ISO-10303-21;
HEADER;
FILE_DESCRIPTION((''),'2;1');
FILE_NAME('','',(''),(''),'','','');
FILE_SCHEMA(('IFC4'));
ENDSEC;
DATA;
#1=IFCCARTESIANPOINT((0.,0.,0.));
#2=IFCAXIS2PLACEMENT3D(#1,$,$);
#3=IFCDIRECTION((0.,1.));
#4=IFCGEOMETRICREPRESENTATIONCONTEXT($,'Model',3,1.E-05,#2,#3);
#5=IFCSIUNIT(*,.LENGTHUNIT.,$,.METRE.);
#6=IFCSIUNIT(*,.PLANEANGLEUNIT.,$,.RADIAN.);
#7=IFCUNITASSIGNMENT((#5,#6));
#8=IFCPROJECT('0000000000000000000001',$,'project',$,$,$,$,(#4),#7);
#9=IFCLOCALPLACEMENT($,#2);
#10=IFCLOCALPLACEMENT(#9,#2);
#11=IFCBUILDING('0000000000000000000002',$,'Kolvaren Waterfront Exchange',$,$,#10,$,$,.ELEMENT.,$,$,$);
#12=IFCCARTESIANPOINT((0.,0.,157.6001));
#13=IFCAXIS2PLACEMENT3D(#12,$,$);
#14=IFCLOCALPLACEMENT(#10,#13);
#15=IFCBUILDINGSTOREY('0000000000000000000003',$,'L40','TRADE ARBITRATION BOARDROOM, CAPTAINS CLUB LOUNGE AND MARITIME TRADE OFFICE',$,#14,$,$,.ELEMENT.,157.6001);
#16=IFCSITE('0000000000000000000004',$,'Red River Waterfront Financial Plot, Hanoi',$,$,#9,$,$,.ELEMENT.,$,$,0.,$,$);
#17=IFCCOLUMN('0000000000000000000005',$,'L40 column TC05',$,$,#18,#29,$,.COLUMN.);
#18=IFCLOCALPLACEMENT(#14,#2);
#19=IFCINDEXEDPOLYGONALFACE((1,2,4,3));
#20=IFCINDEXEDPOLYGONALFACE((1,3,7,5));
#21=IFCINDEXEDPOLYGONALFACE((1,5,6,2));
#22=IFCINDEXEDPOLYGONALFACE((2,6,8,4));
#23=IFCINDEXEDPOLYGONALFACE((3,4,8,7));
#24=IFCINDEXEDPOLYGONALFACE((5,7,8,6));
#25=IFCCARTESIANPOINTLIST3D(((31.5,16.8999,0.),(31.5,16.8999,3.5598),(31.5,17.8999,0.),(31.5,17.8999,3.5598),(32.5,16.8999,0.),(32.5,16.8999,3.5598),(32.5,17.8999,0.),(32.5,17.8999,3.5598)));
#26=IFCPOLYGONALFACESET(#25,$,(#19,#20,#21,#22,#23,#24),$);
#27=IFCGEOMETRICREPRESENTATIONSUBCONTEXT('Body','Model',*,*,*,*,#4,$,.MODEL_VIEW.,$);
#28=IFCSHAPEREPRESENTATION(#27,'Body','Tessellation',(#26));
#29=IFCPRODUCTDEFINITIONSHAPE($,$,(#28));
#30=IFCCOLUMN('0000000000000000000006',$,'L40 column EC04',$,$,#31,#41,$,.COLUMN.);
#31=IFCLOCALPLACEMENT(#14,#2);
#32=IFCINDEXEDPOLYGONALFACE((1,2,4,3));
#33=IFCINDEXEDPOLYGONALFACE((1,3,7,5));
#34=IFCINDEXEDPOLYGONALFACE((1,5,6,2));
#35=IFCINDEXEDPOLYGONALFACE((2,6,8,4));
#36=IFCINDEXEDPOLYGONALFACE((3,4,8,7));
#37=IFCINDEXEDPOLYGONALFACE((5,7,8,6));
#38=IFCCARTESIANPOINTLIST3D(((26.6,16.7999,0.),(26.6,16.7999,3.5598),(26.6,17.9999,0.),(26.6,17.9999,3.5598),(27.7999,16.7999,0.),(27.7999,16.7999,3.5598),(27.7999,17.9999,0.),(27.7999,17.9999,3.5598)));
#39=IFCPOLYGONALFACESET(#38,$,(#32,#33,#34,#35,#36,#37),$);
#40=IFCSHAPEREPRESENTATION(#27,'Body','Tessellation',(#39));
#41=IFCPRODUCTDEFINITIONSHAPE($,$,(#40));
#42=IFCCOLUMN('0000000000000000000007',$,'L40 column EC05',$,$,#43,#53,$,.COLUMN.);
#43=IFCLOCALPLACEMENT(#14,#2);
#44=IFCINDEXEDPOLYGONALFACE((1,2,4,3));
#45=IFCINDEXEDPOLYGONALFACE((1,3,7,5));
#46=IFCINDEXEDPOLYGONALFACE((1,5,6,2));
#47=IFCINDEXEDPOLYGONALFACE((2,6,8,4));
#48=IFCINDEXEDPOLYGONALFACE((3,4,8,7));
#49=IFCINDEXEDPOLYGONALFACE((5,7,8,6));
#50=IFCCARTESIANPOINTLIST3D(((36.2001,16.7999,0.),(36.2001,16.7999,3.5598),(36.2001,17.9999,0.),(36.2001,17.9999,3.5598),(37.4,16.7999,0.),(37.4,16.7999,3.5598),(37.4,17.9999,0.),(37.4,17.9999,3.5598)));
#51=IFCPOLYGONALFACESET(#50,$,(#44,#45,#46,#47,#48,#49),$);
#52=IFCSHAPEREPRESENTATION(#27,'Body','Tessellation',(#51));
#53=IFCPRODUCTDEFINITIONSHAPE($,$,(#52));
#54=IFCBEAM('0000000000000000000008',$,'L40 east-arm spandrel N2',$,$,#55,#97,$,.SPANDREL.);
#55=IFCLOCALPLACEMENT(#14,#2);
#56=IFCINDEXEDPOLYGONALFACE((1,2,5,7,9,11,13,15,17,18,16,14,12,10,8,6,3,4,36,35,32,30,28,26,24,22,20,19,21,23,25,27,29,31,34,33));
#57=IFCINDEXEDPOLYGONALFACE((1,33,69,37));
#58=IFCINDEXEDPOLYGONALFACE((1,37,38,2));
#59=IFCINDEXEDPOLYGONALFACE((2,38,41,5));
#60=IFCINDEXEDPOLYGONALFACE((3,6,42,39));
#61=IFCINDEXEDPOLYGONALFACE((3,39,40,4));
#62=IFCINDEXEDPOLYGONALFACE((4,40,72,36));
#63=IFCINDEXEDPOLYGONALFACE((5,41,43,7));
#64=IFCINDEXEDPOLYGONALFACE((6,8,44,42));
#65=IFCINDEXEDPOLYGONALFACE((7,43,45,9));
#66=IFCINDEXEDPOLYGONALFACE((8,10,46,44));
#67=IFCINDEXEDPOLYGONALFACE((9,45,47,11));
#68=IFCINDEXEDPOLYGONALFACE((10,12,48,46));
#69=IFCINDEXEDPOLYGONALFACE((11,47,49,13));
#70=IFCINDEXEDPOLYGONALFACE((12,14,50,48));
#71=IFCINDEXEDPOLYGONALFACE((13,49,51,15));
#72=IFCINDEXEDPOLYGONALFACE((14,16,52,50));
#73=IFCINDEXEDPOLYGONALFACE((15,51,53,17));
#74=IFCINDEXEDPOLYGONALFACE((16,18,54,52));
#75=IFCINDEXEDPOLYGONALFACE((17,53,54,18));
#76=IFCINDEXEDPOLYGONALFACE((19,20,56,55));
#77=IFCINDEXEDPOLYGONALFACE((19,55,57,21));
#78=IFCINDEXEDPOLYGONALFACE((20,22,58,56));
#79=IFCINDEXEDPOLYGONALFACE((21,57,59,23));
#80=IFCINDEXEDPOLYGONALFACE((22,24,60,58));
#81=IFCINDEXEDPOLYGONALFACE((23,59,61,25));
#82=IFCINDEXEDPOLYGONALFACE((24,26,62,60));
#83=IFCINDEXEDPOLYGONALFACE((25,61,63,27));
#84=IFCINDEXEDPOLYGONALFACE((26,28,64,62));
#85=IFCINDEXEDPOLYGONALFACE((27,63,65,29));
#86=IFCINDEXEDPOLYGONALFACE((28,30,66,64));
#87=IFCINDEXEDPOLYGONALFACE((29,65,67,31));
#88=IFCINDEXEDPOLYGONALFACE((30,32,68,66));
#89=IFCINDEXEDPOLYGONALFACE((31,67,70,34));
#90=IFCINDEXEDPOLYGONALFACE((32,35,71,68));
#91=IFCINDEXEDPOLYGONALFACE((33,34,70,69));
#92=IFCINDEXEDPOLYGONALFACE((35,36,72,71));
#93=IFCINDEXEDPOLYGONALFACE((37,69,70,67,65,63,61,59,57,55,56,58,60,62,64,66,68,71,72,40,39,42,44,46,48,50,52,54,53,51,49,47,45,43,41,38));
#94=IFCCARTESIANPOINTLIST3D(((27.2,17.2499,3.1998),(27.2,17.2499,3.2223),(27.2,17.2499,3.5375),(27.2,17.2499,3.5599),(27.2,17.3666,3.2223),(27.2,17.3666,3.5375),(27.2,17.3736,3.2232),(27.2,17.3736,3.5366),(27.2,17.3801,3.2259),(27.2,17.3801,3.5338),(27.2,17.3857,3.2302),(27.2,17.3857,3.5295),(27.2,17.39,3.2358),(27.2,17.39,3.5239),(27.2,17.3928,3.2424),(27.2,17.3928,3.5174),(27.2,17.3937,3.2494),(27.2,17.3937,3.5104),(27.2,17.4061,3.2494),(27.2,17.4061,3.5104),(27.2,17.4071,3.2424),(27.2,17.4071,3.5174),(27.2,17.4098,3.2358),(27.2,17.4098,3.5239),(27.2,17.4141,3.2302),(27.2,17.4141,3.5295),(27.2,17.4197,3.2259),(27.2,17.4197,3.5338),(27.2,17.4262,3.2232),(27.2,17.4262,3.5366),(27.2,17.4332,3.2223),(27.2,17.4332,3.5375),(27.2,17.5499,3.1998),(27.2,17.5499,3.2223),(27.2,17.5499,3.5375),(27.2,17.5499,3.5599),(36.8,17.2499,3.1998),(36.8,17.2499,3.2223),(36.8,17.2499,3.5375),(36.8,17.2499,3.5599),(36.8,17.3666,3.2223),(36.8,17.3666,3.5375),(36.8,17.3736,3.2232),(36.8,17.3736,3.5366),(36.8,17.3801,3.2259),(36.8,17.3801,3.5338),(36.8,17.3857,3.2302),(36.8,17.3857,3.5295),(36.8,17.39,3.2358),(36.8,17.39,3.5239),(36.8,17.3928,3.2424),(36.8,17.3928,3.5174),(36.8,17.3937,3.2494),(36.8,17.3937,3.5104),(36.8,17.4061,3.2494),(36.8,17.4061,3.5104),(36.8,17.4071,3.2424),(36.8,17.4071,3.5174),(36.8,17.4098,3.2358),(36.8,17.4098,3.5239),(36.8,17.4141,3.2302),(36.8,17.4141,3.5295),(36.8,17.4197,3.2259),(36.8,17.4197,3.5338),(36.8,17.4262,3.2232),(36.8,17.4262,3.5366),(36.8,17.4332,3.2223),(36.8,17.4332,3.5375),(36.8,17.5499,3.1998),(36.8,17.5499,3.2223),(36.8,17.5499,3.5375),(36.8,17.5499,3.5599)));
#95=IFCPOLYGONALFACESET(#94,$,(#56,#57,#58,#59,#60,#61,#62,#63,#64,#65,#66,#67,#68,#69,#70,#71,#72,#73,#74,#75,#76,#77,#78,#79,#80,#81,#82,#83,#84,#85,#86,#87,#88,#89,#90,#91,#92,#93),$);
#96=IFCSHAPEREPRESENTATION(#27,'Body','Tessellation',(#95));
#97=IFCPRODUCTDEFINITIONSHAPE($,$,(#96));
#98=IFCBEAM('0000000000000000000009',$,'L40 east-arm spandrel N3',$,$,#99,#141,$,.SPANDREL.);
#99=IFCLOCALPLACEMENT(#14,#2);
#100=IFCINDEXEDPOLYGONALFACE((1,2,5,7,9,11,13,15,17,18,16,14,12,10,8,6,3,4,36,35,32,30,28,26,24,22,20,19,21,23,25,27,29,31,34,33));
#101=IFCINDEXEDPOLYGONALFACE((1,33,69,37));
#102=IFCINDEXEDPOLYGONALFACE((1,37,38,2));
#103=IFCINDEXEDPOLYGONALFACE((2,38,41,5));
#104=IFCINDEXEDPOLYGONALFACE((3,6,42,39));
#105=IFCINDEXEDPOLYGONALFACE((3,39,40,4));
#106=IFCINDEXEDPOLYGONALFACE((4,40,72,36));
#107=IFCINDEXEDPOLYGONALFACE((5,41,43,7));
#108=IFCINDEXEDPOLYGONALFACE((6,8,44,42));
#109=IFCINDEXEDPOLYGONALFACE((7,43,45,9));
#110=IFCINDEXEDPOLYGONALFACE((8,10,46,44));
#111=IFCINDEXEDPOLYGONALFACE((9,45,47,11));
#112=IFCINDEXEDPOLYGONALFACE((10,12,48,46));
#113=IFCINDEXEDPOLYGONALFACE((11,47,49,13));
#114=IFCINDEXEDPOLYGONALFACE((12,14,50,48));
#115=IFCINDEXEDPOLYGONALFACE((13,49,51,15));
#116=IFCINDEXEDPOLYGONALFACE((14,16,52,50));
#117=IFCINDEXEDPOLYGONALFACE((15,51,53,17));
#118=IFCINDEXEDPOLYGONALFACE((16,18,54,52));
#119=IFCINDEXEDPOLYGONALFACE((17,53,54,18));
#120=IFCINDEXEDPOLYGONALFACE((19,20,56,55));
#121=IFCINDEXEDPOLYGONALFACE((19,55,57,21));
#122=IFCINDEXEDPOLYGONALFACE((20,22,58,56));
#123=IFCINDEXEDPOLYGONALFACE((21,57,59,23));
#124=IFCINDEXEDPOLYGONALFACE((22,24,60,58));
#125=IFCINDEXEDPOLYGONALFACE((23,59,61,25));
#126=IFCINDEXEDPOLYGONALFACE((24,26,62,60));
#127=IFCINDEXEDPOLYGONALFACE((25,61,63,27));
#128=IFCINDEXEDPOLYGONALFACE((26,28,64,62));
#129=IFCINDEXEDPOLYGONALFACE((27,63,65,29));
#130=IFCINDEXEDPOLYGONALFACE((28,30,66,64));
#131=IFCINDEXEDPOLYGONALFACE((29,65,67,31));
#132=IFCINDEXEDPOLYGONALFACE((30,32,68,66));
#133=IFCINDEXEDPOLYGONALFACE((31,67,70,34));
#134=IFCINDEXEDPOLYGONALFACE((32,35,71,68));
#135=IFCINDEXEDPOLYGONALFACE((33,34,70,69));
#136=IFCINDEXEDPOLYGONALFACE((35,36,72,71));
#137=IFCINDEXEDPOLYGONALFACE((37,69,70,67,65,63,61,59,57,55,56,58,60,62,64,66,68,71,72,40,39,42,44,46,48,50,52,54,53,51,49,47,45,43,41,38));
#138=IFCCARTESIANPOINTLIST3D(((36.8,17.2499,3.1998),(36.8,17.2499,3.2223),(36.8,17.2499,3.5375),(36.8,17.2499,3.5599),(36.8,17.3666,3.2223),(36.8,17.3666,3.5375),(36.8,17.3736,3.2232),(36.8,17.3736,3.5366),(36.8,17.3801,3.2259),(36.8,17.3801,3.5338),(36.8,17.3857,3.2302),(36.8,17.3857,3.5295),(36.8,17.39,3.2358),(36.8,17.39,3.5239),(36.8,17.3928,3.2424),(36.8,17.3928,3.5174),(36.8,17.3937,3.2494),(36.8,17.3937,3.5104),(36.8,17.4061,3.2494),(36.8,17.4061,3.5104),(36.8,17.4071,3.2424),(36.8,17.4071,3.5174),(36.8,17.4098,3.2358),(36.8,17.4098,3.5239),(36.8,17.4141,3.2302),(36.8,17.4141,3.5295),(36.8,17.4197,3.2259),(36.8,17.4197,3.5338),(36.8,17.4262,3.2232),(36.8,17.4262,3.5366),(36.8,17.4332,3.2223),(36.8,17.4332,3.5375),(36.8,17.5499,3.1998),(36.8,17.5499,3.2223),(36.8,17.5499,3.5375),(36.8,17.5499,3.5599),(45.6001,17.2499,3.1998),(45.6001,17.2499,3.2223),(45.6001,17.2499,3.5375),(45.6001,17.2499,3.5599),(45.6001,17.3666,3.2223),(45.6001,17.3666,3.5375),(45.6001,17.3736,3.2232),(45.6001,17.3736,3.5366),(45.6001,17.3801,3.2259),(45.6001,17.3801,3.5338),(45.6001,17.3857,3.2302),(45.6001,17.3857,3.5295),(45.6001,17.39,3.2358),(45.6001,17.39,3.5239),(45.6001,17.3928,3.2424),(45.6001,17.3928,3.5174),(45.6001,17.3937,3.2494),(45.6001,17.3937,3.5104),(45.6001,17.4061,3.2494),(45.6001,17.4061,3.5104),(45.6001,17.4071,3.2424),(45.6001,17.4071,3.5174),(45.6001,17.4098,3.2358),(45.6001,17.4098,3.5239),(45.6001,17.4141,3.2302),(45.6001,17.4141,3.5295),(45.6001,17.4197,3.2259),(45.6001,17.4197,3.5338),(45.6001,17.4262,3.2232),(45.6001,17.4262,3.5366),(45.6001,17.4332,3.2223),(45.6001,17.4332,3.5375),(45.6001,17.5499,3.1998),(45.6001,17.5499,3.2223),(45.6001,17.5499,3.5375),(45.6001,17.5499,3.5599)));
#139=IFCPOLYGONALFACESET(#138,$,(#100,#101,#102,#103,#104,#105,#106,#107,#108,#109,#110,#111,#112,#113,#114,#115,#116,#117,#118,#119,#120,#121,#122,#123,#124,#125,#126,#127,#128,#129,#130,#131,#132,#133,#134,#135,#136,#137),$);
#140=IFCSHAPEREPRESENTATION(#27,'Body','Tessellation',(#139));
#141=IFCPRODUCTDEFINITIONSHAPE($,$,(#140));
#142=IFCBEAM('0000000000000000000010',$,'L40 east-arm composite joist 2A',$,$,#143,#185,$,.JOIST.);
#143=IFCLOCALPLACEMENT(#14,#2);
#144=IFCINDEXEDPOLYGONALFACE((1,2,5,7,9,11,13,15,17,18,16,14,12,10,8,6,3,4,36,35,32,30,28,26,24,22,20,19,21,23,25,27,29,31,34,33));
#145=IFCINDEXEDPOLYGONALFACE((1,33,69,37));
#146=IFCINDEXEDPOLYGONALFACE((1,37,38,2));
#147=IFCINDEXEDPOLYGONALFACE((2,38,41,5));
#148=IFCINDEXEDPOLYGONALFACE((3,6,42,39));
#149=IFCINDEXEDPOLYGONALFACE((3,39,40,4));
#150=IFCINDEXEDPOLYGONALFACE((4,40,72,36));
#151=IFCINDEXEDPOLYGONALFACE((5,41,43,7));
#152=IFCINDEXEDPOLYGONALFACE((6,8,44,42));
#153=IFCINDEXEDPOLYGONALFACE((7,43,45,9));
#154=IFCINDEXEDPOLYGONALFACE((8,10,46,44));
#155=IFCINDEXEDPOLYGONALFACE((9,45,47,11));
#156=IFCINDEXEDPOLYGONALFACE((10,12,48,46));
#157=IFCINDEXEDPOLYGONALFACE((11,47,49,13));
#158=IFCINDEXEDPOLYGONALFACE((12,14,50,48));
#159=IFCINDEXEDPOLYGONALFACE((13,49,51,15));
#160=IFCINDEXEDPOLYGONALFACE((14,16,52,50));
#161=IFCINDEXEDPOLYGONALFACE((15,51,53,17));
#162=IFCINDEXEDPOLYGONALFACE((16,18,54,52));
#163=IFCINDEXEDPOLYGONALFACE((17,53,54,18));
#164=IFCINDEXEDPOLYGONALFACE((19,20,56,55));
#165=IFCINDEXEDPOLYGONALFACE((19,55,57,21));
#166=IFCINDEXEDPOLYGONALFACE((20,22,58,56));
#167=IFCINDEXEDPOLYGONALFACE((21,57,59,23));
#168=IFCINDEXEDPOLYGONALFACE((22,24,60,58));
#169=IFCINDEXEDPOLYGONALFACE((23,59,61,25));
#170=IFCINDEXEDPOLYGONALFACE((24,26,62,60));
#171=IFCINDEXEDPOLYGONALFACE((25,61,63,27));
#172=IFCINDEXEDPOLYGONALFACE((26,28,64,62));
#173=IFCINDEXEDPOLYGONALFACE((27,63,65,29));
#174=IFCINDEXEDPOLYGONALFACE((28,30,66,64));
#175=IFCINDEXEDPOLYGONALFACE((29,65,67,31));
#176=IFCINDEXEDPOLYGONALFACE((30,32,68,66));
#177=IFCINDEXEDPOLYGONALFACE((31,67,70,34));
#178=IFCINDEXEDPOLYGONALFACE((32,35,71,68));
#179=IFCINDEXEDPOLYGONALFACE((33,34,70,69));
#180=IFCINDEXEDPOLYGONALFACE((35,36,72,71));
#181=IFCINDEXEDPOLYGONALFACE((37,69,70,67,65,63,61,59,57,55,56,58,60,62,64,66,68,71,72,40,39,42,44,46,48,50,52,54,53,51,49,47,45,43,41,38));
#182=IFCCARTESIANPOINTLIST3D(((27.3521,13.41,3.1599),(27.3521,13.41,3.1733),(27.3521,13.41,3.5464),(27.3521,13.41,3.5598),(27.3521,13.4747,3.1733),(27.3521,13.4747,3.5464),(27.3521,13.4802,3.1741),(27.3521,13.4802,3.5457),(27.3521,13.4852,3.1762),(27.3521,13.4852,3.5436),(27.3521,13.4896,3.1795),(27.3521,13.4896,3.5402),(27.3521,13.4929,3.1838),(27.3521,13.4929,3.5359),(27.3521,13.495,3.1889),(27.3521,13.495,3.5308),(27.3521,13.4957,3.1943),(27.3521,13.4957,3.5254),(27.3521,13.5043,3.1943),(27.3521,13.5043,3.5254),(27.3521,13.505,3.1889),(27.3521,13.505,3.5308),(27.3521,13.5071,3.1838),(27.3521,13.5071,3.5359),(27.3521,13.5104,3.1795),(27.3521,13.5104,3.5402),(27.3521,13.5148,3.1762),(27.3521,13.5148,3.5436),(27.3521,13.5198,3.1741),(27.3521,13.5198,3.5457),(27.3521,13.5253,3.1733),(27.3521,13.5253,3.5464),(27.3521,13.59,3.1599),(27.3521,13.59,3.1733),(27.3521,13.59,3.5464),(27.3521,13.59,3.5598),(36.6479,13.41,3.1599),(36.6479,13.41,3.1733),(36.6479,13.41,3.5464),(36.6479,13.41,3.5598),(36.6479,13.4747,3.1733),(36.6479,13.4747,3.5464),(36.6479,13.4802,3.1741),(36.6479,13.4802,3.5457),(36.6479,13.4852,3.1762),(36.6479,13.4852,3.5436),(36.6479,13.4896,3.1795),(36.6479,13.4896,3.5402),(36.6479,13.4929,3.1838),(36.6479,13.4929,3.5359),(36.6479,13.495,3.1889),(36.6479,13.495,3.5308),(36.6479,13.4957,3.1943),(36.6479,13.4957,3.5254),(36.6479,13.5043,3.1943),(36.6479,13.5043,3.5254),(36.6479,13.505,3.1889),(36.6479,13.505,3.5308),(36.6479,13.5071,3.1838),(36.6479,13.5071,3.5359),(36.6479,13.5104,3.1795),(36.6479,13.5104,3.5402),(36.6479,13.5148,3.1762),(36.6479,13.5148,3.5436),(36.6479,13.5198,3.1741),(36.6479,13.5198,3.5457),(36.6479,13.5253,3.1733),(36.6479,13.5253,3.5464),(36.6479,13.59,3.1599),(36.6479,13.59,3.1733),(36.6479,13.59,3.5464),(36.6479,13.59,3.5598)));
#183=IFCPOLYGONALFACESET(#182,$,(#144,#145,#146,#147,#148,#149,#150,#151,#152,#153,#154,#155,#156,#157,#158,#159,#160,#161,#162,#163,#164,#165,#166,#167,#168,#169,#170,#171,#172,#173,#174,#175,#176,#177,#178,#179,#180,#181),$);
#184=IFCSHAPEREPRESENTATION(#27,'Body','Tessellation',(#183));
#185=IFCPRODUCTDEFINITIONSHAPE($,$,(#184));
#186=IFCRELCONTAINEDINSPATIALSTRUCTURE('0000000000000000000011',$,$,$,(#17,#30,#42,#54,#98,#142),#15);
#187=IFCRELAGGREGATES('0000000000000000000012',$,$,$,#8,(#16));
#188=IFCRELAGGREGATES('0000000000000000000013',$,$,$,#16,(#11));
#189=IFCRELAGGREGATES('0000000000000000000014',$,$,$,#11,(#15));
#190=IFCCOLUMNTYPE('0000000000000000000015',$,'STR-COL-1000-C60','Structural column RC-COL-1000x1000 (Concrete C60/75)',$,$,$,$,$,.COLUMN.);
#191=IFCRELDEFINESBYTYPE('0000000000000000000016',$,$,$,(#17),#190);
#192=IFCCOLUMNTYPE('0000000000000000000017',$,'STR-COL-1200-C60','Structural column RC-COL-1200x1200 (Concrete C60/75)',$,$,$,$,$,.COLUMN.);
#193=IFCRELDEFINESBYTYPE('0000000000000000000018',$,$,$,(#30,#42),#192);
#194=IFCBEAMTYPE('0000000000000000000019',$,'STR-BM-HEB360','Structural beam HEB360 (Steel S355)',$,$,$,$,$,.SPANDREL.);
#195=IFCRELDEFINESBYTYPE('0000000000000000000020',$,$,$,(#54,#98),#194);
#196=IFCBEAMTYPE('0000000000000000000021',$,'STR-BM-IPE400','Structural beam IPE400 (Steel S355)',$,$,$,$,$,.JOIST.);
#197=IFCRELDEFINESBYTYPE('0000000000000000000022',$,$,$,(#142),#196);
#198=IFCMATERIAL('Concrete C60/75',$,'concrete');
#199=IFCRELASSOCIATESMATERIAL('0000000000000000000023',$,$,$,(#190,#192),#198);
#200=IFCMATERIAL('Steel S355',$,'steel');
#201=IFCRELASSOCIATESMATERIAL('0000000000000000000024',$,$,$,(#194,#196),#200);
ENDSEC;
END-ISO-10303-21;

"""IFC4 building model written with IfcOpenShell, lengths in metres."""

from ifc_helpers import new_model, si_unit, direction, frame, origin, origin_2d, place, context, subcontext, project, spatial, rectangle, i_section, extrude, material, material_profile, profile_set, type_object, element, save


model = new_model("IFC4")

# Units and contexts
model_context = context("Model", 3, precision=1e-05, world=origin(), true_north=direction((0.0, 1.0)))
body_context = subcontext(model_context, "Body", "Model", "MODEL_VIEW")
ifc_project = project(units=[si_unit("LENGTHUNIT", "METRE"), si_unit("PLANEANGLEUNIT", "RADIAN")], contexts=[model_context])

# Site, building, storey
site_placement = place(None, origin())
site = spatial("IfcSite", under=ifc_project, at=site_placement, Name="Red River Waterfront Financial Plot, Hanoi", CompositionType="ELEMENT", RefElevation=0.0)
building_placement = place(site_placement, origin())
building = spatial("IfcBuilding", under=site, at=building_placement, Name="Kolvaren Waterfront Exchange", CompositionType="ELEMENT")
storey_placement = place(building_placement, frame((0.0, 0.0, 157.6001)))
storey = spatial("IfcBuildingStorey", under=building, at=storey_placement, Name="L40", Description="TRADE ARBITRATION BOARDROOM, CAPTAINS CLUB LOUNGE AND MARITIME TRADE OFFICE", CompositionType="ELEMENT", Elevation=157.6001)

# Columns
ifc_material_1 = material(Name="Concrete C60/75", Category="concrete")
ifc_material_profile_1 = material_profile(ifc_material_1, rectangle(XDim=1.0, YDim=1.0, at=origin_2d()), Name="RC-COL-1000x1000")
ifc_profile_set_1 = profile_set([ifc_material_profile_1], Name="Concrete C60/75")
column_type_1 = type_object("IfcColumnType", Name="STR-COL-1000-C60", Description="Structural column RC-COL-1000x1000 (Concrete C60/75)", PredefinedType="COLUMN", material=ifc_profile_set_1)
column_placement = place(storey_placement, frame((32.0, 17.3999, 0.0), z_axis=(0.0, 0.0, 1.0), x_axis=(1.0, 0.0, 0.0)))
element("IfcColumn", 1, at=column_placement, inside=storey, type_object=column_type_1, Name="L40 column TC05", PredefinedType="COLUMN", context=body_context, shape_type="SweptSolid", body=[
    extrude(rectangle(XDim=1.0, YDim=1.0, at=origin_2d()), origin(), (0.0, 0.0, 1.0), 3.5598),
])
ifc_material_profile_2 = material_profile(ifc_material_1, rectangle(XDim=1.2, YDim=1.2, at=origin_2d()), Name="RC-COL-1200x1200")
ifc_profile_set_2 = profile_set([ifc_material_profile_2], Name="Concrete C60/75")
column_type_2 = type_object("IfcColumnType", Name="STR-COL-1200-C60", Description="Structural column RC-COL-1200x1200 (Concrete C60/75)", PredefinedType="COLUMN", material=ifc_profile_set_2)
for number, where, z_axis, x_axis, name in (
    (2, (27.2, 17.3999, 0.0), (0.0, 0.0, 1.0), (1.0, 0.0, 0.0), "L40 column EC04"),
    (3, (36.8, 17.3999, 0.0), (0.0, 0.0, 1.0), (1.0, 0.0, 0.0), "L40 column EC05"),
):
    element("IfcColumn", number, at=place(storey_placement, frame(where, z_axis=z_axis, x_axis=x_axis)), inside=storey, type_object=column_type_2, Name=name, PredefinedType="COLUMN", context=body_context, shape_type="SweptSolid", body=[
        extrude(rectangle(XDim=1.2, YDim=1.2, at=origin_2d()), origin(), (0.0, 0.0, 1.0), 3.5598),
    ])

# Beams
ifc_material_2 = material(Name="Steel S355", Category="steel")
ifc_material_profile_3 = material_profile(ifc_material_2, i_section(OverallWidth=0.3, OverallDepth=0.3601, WebThickness=0.0125, FlangeThickness=0.0225, FilletRadius=0.0271, at=origin_2d()), Name="HEB360")
ifc_profile_set_3 = profile_set([ifc_material_profile_3], Name="Steel S355")
beam_type_1 = type_object("IfcBeamType", Name="STR-BM-HEB360", Description="Structural beam HEB360 (Steel S355)", PredefinedType="SPANDREL", material=ifc_profile_set_3)
beam_1_placement = place(storey_placement, frame((27.2, 17.3999, 3.3799), z_axis=(1.0, 0.0, 0.0), x_axis=(0.0, 1.0, 0.0)))
element("IfcBeam", 4, at=beam_1_placement, inside=storey, type_object=beam_type_1, Name="L40 east-arm spandrel N2", PredefinedType="SPANDREL", context=body_context, shape_type="SweptSolid", body=[
    extrude(i_section(OverallWidth=0.3, OverallDepth=0.3601, WebThickness=0.0125, FlangeThickness=0.0225, FilletRadius=0.0271, at=origin_2d()), origin(), (0.0, 0.0, 1.0), 9.6001),
])
beam_2_placement = place(storey_placement, frame((36.8, 17.3999, 3.3799), z_axis=(1.0, 0.0, 0.0), x_axis=(0.0, 1.0, 0.0)))
element("IfcBeam", 5, at=beam_2_placement, inside=storey, type_object=beam_type_1, Name="L40 east-arm spandrel N3", PredefinedType="SPANDREL", context=body_context, shape_type="SweptSolid", body=[
    extrude(i_section(OverallWidth=0.3, OverallDepth=0.3601, WebThickness=0.0125, FlangeThickness=0.0225, FilletRadius=0.0271, at=origin_2d()), origin(), (0.0, 0.0, 1.0), 8.8),
])
ifc_material_profile_4 = material_profile(ifc_material_2, i_section(OverallWidth=0.1799, OverallDepth=0.3999, WebThickness=0.0085, FlangeThickness=0.0134, FilletRadius=0.021, at=origin_2d()), Name="IPE400")
ifc_profile_set_4 = profile_set([ifc_material_profile_4], Name="Steel S355")
beam_type_2 = type_object("IfcBeamType", Name="STR-BM-IPE400", Description="Structural beam IPE400 (Steel S355)", PredefinedType="JOIST", material=ifc_profile_set_4)
for number, where, z_axis, x_axis, name in (
    (6, (27.3521, 13.5, 3.3599), (1.0, 0.0, 0.0), (0.0, 1.0, 0.0), "L40 east-arm composite joist 2A"),
):
    element("IfcBeam", number, at=place(storey_placement, frame(where, z_axis=z_axis, x_axis=x_axis)), inside=storey, type_object=beam_type_2, Name=name, PredefinedType="JOIST", context=body_context, shape_type="SweptSolid", body=[
        extrude(i_section(OverallWidth=0.1799, OverallDepth=0.3999, WebThickness=0.0085, FlangeThickness=0.0134, FilletRadius=0.021, at=origin_2d()), origin(), (0.0, 0.0, 1.0), 9.2959),
    ])

save(model, "model.ifc")
